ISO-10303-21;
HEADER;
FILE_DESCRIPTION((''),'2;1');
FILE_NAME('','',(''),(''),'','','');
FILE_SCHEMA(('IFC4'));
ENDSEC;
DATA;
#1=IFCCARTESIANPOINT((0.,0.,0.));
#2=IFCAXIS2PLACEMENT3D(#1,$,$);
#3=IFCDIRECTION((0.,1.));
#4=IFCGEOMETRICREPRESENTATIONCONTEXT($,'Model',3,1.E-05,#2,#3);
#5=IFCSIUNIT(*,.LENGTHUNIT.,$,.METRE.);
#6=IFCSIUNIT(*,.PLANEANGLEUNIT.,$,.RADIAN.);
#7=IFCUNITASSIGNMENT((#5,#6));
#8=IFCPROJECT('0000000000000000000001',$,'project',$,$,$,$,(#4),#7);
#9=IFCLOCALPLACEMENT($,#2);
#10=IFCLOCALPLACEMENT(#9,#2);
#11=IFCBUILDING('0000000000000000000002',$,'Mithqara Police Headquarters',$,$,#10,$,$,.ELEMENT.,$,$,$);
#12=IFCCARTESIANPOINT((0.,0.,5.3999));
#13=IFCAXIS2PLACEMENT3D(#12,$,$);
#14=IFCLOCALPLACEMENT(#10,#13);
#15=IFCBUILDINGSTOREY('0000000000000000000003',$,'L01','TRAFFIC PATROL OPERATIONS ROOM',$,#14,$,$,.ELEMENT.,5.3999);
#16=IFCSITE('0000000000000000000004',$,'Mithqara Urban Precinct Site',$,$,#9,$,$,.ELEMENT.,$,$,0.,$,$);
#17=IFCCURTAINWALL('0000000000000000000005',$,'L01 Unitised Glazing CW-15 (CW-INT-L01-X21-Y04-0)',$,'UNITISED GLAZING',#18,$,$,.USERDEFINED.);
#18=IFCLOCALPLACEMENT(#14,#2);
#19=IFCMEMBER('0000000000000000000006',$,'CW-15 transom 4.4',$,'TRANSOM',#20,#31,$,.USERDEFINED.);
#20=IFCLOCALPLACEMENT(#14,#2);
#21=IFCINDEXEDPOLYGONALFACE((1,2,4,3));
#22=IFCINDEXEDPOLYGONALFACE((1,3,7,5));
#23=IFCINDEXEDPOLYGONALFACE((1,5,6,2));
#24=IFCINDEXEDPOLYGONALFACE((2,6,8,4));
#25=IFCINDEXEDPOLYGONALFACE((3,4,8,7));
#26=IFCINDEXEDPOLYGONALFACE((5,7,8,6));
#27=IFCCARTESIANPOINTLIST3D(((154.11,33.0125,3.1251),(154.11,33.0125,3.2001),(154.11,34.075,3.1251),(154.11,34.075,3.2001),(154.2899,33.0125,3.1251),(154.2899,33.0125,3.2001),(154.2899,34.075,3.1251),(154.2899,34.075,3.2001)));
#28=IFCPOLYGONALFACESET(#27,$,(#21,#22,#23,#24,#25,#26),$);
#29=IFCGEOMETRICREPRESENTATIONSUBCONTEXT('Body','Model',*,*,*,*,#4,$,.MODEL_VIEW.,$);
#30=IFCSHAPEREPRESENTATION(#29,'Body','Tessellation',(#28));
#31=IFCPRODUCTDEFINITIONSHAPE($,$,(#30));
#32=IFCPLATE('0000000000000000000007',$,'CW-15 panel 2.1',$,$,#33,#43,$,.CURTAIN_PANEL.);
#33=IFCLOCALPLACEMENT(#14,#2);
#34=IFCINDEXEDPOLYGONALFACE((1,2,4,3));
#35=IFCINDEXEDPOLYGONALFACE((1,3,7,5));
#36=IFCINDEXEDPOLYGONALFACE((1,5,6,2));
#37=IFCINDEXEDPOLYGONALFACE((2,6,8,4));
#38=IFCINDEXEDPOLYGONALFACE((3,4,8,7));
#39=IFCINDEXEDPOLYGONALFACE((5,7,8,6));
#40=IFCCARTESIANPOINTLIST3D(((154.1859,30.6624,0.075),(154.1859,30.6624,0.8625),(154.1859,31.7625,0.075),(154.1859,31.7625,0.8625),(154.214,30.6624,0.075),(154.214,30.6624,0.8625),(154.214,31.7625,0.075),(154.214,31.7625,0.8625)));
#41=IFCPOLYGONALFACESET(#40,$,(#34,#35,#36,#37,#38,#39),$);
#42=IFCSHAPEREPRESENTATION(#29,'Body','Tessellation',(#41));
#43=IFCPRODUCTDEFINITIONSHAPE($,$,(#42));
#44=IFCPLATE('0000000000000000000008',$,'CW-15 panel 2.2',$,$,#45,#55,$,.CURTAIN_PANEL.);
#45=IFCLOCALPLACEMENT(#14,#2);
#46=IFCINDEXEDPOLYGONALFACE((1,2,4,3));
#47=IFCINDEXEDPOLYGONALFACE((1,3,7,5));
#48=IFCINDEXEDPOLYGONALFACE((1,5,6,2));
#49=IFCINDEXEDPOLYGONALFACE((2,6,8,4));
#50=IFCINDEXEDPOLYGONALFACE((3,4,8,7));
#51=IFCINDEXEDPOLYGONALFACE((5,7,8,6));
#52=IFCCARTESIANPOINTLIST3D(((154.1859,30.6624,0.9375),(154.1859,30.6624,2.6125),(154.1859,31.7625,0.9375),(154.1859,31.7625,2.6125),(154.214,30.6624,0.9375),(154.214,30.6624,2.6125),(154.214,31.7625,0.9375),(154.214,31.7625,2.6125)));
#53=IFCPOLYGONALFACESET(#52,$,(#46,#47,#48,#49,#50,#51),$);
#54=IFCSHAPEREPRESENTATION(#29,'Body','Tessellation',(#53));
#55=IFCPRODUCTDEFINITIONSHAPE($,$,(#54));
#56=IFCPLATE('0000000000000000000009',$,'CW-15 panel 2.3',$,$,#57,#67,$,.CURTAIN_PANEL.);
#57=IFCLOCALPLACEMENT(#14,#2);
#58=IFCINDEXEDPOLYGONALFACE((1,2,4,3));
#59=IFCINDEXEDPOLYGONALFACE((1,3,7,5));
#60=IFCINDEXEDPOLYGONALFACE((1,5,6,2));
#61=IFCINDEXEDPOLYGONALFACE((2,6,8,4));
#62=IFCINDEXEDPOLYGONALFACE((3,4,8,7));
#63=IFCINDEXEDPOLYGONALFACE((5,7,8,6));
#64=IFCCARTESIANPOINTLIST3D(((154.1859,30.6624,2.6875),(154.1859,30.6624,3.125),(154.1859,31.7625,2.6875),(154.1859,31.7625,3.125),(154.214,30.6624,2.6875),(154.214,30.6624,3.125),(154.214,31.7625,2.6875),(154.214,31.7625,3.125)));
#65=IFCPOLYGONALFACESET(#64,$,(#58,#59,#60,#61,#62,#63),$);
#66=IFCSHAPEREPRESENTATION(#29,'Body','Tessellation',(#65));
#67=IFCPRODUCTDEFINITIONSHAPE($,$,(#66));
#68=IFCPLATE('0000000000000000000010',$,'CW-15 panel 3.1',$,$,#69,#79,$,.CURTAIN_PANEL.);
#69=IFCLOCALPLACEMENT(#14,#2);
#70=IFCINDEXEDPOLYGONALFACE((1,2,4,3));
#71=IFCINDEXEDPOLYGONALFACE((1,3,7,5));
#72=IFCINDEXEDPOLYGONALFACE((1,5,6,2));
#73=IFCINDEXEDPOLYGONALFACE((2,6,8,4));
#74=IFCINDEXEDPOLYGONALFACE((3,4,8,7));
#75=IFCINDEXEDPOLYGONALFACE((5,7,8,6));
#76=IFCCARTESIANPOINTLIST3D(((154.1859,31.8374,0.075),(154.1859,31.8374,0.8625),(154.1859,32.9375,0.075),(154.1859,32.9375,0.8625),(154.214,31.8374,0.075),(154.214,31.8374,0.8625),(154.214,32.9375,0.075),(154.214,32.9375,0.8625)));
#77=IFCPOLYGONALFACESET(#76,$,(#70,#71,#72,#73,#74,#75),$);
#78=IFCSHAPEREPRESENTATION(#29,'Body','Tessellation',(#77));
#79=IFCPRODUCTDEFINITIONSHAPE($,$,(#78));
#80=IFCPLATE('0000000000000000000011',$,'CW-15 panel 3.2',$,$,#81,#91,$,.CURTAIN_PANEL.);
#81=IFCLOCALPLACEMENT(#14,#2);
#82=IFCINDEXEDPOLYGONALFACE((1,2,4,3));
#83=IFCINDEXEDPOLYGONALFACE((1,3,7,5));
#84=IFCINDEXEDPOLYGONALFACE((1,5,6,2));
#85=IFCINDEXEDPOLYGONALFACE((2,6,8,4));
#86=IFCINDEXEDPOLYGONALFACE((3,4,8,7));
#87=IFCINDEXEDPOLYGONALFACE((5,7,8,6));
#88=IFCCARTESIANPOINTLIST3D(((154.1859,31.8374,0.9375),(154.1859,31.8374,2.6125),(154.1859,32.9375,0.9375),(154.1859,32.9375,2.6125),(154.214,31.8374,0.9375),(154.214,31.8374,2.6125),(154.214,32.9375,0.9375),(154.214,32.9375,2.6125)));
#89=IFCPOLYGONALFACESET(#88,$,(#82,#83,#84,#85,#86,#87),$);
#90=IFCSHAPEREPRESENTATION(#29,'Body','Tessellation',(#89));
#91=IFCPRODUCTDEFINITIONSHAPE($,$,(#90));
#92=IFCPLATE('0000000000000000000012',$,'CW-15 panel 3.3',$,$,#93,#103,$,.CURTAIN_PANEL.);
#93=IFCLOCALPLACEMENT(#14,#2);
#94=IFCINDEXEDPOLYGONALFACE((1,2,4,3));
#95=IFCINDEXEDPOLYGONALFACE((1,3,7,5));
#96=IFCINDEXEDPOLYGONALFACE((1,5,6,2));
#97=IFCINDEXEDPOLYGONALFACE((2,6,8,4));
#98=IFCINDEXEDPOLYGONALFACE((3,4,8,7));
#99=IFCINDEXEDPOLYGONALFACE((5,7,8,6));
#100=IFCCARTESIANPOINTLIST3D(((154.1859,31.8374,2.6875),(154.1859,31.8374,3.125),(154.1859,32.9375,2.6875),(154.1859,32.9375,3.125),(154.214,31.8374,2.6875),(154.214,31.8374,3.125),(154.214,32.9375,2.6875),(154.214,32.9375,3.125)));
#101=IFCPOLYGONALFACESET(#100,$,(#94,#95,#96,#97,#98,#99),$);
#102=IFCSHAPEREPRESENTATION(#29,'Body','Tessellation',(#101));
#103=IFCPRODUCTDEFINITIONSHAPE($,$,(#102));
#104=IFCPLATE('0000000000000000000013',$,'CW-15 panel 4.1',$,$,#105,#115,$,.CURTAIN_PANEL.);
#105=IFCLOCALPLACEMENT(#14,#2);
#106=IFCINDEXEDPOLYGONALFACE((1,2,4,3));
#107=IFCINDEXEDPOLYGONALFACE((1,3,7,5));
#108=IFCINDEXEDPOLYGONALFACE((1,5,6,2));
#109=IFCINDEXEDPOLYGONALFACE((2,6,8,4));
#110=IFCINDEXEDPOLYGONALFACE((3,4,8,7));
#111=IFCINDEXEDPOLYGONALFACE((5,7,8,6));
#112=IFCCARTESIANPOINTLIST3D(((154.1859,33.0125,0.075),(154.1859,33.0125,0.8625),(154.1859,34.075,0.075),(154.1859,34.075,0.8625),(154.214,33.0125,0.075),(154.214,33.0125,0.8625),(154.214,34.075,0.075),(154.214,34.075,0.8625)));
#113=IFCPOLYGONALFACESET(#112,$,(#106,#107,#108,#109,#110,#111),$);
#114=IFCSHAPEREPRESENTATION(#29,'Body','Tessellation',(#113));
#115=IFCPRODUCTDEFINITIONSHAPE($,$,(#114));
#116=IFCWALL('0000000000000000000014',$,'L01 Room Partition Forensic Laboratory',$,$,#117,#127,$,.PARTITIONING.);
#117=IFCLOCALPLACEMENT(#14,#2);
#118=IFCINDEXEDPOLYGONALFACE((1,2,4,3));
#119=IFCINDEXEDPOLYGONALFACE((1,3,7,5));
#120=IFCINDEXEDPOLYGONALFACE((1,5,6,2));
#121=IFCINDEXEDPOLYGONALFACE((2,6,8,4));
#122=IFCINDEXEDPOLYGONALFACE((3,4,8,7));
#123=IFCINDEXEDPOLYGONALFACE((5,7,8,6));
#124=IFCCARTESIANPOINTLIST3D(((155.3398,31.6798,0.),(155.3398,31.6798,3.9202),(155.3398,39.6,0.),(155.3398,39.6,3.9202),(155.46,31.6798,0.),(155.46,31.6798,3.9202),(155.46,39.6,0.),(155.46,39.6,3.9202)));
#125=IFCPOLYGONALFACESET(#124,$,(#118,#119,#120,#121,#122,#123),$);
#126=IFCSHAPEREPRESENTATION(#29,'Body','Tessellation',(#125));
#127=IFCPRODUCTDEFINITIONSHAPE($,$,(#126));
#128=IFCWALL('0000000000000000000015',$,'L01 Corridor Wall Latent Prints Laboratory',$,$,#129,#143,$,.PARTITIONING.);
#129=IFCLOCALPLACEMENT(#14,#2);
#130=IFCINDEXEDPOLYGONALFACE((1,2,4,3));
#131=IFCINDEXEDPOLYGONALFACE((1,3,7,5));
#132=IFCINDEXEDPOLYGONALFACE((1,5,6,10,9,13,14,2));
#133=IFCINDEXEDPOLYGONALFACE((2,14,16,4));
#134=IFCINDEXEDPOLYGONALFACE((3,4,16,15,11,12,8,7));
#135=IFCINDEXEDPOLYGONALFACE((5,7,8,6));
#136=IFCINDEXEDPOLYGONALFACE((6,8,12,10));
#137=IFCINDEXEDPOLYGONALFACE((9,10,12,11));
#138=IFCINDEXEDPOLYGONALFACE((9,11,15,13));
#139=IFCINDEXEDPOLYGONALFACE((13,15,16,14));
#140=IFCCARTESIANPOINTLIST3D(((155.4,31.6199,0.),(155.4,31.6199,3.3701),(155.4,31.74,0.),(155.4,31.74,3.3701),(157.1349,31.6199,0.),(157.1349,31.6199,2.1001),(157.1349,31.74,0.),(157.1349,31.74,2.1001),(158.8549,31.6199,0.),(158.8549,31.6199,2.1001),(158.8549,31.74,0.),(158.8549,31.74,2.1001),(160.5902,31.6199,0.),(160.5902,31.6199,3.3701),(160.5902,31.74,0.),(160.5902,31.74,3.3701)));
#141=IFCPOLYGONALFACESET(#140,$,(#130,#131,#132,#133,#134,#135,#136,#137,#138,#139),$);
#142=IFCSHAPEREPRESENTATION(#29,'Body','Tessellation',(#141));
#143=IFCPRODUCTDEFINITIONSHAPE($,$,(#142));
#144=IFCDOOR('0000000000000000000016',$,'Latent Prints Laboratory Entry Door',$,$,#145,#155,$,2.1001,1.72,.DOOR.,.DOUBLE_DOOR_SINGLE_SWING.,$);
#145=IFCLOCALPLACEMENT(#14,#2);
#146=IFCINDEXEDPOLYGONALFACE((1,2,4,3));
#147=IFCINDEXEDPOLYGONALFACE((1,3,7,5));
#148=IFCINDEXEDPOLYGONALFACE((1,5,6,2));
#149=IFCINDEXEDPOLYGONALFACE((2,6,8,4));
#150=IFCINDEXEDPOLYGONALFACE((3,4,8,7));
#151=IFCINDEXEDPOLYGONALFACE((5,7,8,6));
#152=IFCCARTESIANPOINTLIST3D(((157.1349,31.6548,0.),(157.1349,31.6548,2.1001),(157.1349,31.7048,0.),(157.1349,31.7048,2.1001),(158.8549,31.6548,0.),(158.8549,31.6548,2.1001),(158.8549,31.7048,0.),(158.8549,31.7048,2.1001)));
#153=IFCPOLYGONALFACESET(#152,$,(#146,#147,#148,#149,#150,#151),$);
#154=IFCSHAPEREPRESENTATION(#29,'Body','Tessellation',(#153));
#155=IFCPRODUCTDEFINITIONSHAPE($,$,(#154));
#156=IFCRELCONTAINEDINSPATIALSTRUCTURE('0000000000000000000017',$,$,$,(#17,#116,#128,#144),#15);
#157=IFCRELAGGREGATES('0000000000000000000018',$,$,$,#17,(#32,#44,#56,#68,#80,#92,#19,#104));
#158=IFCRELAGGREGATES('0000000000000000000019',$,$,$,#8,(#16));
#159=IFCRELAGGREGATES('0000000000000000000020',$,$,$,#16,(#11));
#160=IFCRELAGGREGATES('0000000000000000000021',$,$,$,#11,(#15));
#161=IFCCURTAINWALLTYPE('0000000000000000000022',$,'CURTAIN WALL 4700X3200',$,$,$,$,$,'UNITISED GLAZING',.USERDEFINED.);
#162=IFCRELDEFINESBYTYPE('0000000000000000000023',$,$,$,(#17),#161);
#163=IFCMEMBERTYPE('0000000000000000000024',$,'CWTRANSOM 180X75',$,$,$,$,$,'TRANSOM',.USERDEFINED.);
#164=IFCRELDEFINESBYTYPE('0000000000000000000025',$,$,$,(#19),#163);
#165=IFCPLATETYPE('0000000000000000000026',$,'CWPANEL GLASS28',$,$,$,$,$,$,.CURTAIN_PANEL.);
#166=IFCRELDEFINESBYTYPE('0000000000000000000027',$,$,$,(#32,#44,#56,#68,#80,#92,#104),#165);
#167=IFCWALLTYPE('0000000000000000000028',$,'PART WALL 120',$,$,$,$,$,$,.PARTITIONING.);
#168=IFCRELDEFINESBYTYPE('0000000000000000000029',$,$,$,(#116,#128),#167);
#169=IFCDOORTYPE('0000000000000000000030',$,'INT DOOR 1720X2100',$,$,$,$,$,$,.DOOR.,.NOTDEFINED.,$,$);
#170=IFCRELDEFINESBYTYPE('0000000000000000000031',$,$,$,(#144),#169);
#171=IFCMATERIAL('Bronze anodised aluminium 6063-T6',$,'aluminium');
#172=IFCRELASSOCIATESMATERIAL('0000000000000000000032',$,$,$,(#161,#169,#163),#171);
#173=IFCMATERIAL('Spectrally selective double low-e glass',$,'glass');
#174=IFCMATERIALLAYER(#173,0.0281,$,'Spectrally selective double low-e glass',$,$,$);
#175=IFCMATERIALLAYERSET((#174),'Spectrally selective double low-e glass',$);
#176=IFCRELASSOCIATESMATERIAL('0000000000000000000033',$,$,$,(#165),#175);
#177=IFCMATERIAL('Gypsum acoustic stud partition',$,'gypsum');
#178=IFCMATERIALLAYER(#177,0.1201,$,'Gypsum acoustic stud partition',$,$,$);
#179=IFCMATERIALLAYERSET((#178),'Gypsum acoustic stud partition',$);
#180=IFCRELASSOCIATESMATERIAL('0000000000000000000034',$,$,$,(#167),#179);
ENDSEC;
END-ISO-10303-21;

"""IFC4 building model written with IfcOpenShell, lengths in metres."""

from ifc_helpers import new_model, si_unit, direction, frame, frame_2d, origin, origin_2d, place, context, subcontext, project, spatial, rectangle, extrude, material, layer, layer_set, material_profile, profile_set, type_object, element, fill, aggregate, save


model = new_model("IFC4")

# Units and contexts
model_context = context("Model", 3, precision=1e-05, world=origin(), true_north=direction((0.0, 1.0)))
body_context = subcontext(model_context, "Body", "Model", "MODEL_VIEW")
ifc_project = project(units=[si_unit("LENGTHUNIT", "METRE"), si_unit("PLANEANGLEUNIT", "RADIAN")], contexts=[model_context])

# Site, building, storey
site_placement = place(None, origin())
site = spatial("IfcSite", under=ifc_project, at=site_placement, Name="Mithqara Urban Precinct Site", CompositionType="ELEMENT", RefElevation=0.0)
building_placement = place(site_placement, origin())
building = spatial("IfcBuilding", under=site, at=building_placement, Name="Mithqara Police Headquarters", CompositionType="ELEMENT")
storey_placement = place(building_placement, frame((0.0, 0.0, 5.3999)))
storey = spatial("IfcBuildingStorey", under=building, at=storey_placement, Name="L01", Description="TRAFFIC PATROL OPERATIONS ROOM", CompositionType="ELEMENT", Elevation=5.3999)

# Curtain wall, member, plates
ifc_material_1 = material(Name="Bronze anodised aluminium 6063-T6", Category="aluminium")
curtain_wall_type = type_object("IfcCurtainWallType", Name="CURTAIN WALL 4700X3200", ElementType="UNITISED GLAZING", PredefinedType="USERDEFINED", material=ifc_material_1)
curtain_wall_placement = place(storey_placement, origin())
curtain_wall = element("IfcCurtainWall", 1, at=curtain_wall_placement, inside=storey, type_object=curtain_wall_type, Name="L01 Unitised Glazing CW-15 (CW-INT-L01-X21-Y04-0)", ObjectType="UNITISED GLAZING", PredefinedType="USERDEFINED")
ifc_material_profile_1 = material_profile(ifc_material_1, rectangle(XDim=0.1799, YDim=0.075, at=origin_2d()), Name="CWT 180x75")
ifc_profile_set_1 = profile_set([ifc_material_profile_1], Name="Bronze anodised aluminium 6063-T6")
member_type_1 = type_object("IfcMemberType", Name="CWTRANSOM 180X75", ElementType="TRANSOM", PredefinedType="USERDEFINED", material=ifc_profile_set_1)
member_1_placement = place(storey_placement, frame((154.2, 33.0125, 3.1626), z_axis=(0.0, 1.0, 0.0), x_axis=(-1.0, 0.0, 0.0)))
member_1 = element("IfcMember", 2, at=member_1_placement, type_object=member_type_1, Name="CW-15 transom 4.4", ObjectType="TRANSOM", PredefinedType="USERDEFINED", context=body_context, shape_type="SweptSolid", body=[
    extrude(rectangle(XDim=0.1799, YDim=0.075, at=origin_2d()), origin(), (0.0, 0.0, 1.0), 1.0625),
])
ifc_material_2 = material(Name="Spectrally selective double low-e glass", Category="glass")
ifc_layer_1 = layer(ifc_material_2, 0.0281, Name="Spectrally selective double low-e glass")
ifc_layer_set_1 = layer_set([ifc_layer_1], Name="Spectrally selective double low-e glass")
plate_type = type_object("IfcPlateType", Name="CWPANEL GLASS28", PredefinedType="CURTAIN_PANEL", material=ifc_layer_set_1)
plate_1_placement = place(storey_placement, frame((154.2, 31.2124, 0.075), z_axis=(0.0, 0.0, 1.0), x_axis=(0.0, 1.0, 0.0)))
plate_1 = element("IfcPlate", 3, at=plate_1_placement, type_object=plate_type, Name="CW-15 panel 2.1", PredefinedType="CURTAIN_PANEL", context=body_context, shape_type="SweptSolid", body=[
    extrude(rectangle(XDim=1.1001, YDim=0.0281, at=origin_2d()), origin(), (0.0, 0.0, 1.0), 0.7876),
])
plate_2_placement = place(storey_placement, frame((154.2, 31.2124, 0.9375), z_axis=(0.0, 0.0, 1.0), x_axis=(0.0, 1.0, 0.0)))
plate_2 = element("IfcPlate", 4, at=plate_2_placement, type_object=plate_type, Name="CW-15 panel 2.2", PredefinedType="CURTAIN_PANEL", context=body_context, shape_type="SweptSolid", body=[
    extrude(rectangle(XDim=1.1001, YDim=0.0281, at=origin_2d()), origin(), (0.0, 0.0, 1.0), 1.675),
])
plate_3_placement = place(storey_placement, frame((154.2, 31.2124, 2.6875), z_axis=(0.0, 0.0, 1.0), x_axis=(0.0, 1.0, 0.0)))
plate_3 = element("IfcPlate", 5, at=plate_3_placement, type_object=plate_type, Name="CW-15 panel 2.3", PredefinedType="CURTAIN_PANEL", context=body_context, shape_type="SweptSolid", body=[
    extrude(rectangle(XDim=1.1001, YDim=0.0281, at=origin_2d()), origin(), (0.0, 0.0, 1.0), 0.4375),
])
plate_4_placement = place(storey_placement, frame((154.2, 32.3875, 0.075), z_axis=(0.0, 0.0, 1.0), x_axis=(0.0, 1.0, 0.0)))
plate_4 = element("IfcPlate", 6, at=plate_4_placement, type_object=plate_type, Name="CW-15 panel 3.1", PredefinedType="CURTAIN_PANEL", context=body_context, shape_type="SweptSolid", body=[
    extrude(rectangle(XDim=1.1001, YDim=0.0281, at=origin_2d()), origin(), (0.0, 0.0, 1.0), 0.7876),
])
plate_5_placement = place(storey_placement, frame((154.2, 32.3875, 0.9375), z_axis=(0.0, 0.0, 1.0), x_axis=(0.0, 1.0, 0.0)))
plate_5 = element("IfcPlate", 7, at=plate_5_placement, type_object=plate_type, Name="CW-15 panel 3.2", PredefinedType="CURTAIN_PANEL", context=body_context, shape_type="SweptSolid", body=[
    extrude(rectangle(XDim=1.1001, YDim=0.0281, at=origin_2d()), origin(), (0.0, 0.0, 1.0), 1.675),
])
plate_6_placement = place(storey_placement, frame((154.2, 32.3875, 2.6875), z_axis=(0.0, 0.0, 1.0), x_axis=(0.0, 1.0, 0.0)))
plate_6 = element("IfcPlate", 8, at=plate_6_placement, type_object=plate_type, Name="CW-15 panel 3.3", PredefinedType="CURTAIN_PANEL", context=body_context, shape_type="SweptSolid", body=[
    extrude(rectangle(XDim=1.1001, YDim=0.0281, at=origin_2d()), origin(), (0.0, 0.0, 1.0), 0.4375),
])
plate_7_placement = place(storey_placement, frame((154.2, 33.5437, 0.075), z_axis=(0.0, 0.0, 1.0), x_axis=(0.0, 1.0, 0.0)))
plate_7 = element("IfcPlate", 9, at=plate_7_placement, type_object=plate_type, Name="CW-15 panel 4.1", PredefinedType="CURTAIN_PANEL", context=body_context, shape_type="SweptSolid", body=[
    extrude(rectangle(XDim=1.0625, YDim=0.0281, at=origin_2d()), origin(), (0.0, 0.0, 1.0), 0.7876),
])
aggregate(curtain_wall, [plate_1, plate_2, plate_3, plate_4, plate_5, plate_6, member_1, plate_7])

# Wall
ifc_material_3 = material(Name="Gypsum acoustic stud partition", Category="gypsum")
ifc_layer_2 = layer(ifc_material_3, 0.1201, Name="Gypsum acoustic stud partition")
ifc_layer_set_2 = layer_set([ifc_layer_2], Name="Gypsum acoustic stud partition")
wall_type = type_object("IfcWallType", Name="PART WALL 120", PredefinedType="PARTITIONING", material=ifc_layer_set_2)
wall_1_placement = place(storey_placement, frame((155.3999, 31.6799, 0.0), z_axis=(0.0, 0.0, 1.0), x_axis=(0.0, 1.0, 0.0)))
element("IfcWall", 10, at=wall_1_placement, inside=storey, type_object=wall_type, Name="L01 Room Partition Forensic Laboratory", PredefinedType="PARTITIONING", context=body_context, shape_type="SweptSolid", body=[
    extrude(rectangle(XDim=7.9202, YDim=0.1201, at=frame_2d((3.96, 0.0))), origin(), (0.0, 0.0, 1.0), 3.9202),
])

# Wall, opening, door
wall_2_placement = place(storey_placement, frame((155.3999, 31.6799, 0.0), z_axis=(0.0, 0.0, 1.0), x_axis=(1.0, 0.0, 0.0)))
wall_2 = element("IfcWall", 11, at=wall_2_placement, inside=storey, type_object=wall_type, Name="L01 Corridor Wall Latent Prints Laboratory", PredefinedType="PARTITIONING", context=body_context, shape_type="SweptSolid", body=[
    extrude(rectangle(XDim=5.1902, YDim=0.1201, at=frame_2d((2.5952, 0.0))), origin(), (0.0, 0.0, 1.0), 3.3701),
])
opening_placement = place(wall_2_placement, frame((1.7351, 0.0, 0.0)))
opening = element("IfcOpeningElement", 12, at=opening_placement, cuts=wall_2, PredefinedType="OPENING", context=body_context, shape_type="SweptSolid", body=[
    extrude(rectangle(XDim=1.72, YDim=2.1001, at=frame_2d((0.8599, 1.05))), frame((0.0, 0.0701, 0.0), z_axis=(0.0, -1.0, 0.0), x_axis=(1.0, 0.0, 0.0)), (0.0, 0.0, 1.0), 0.1401),
])
door_type = type_object("IfcDoorType", Name="INT DOOR 1720X2100", OperationType="NOTDEFINED", PredefinedType="DOOR", material=ifc_material_1)
door_placement = place(opening_placement, origin())
door = element("IfcDoor", 13, at=door_placement, inside=storey, type_object=door_type, Name="Latent Prints Laboratory Entry Door", OperationType="DOUBLE_DOOR_SINGLE_SWING", OverallHeight=2.1001, OverallWidth=1.72, PredefinedType="DOOR", context=body_context, shape_type="SweptSolid", body=[
    extrude(rectangle(XDim=1.72, YDim=2.1001, at=frame_2d((0.8599, 1.05))), frame((0.0, 0.0249, 0.0), z_axis=(0.0, -1.0, 0.0), x_axis=(1.0, 0.0, 0.0)), (0.0, 0.0, 1.0), 0.05),
])
fill(opening, door)

save(model, "model.ifc")
